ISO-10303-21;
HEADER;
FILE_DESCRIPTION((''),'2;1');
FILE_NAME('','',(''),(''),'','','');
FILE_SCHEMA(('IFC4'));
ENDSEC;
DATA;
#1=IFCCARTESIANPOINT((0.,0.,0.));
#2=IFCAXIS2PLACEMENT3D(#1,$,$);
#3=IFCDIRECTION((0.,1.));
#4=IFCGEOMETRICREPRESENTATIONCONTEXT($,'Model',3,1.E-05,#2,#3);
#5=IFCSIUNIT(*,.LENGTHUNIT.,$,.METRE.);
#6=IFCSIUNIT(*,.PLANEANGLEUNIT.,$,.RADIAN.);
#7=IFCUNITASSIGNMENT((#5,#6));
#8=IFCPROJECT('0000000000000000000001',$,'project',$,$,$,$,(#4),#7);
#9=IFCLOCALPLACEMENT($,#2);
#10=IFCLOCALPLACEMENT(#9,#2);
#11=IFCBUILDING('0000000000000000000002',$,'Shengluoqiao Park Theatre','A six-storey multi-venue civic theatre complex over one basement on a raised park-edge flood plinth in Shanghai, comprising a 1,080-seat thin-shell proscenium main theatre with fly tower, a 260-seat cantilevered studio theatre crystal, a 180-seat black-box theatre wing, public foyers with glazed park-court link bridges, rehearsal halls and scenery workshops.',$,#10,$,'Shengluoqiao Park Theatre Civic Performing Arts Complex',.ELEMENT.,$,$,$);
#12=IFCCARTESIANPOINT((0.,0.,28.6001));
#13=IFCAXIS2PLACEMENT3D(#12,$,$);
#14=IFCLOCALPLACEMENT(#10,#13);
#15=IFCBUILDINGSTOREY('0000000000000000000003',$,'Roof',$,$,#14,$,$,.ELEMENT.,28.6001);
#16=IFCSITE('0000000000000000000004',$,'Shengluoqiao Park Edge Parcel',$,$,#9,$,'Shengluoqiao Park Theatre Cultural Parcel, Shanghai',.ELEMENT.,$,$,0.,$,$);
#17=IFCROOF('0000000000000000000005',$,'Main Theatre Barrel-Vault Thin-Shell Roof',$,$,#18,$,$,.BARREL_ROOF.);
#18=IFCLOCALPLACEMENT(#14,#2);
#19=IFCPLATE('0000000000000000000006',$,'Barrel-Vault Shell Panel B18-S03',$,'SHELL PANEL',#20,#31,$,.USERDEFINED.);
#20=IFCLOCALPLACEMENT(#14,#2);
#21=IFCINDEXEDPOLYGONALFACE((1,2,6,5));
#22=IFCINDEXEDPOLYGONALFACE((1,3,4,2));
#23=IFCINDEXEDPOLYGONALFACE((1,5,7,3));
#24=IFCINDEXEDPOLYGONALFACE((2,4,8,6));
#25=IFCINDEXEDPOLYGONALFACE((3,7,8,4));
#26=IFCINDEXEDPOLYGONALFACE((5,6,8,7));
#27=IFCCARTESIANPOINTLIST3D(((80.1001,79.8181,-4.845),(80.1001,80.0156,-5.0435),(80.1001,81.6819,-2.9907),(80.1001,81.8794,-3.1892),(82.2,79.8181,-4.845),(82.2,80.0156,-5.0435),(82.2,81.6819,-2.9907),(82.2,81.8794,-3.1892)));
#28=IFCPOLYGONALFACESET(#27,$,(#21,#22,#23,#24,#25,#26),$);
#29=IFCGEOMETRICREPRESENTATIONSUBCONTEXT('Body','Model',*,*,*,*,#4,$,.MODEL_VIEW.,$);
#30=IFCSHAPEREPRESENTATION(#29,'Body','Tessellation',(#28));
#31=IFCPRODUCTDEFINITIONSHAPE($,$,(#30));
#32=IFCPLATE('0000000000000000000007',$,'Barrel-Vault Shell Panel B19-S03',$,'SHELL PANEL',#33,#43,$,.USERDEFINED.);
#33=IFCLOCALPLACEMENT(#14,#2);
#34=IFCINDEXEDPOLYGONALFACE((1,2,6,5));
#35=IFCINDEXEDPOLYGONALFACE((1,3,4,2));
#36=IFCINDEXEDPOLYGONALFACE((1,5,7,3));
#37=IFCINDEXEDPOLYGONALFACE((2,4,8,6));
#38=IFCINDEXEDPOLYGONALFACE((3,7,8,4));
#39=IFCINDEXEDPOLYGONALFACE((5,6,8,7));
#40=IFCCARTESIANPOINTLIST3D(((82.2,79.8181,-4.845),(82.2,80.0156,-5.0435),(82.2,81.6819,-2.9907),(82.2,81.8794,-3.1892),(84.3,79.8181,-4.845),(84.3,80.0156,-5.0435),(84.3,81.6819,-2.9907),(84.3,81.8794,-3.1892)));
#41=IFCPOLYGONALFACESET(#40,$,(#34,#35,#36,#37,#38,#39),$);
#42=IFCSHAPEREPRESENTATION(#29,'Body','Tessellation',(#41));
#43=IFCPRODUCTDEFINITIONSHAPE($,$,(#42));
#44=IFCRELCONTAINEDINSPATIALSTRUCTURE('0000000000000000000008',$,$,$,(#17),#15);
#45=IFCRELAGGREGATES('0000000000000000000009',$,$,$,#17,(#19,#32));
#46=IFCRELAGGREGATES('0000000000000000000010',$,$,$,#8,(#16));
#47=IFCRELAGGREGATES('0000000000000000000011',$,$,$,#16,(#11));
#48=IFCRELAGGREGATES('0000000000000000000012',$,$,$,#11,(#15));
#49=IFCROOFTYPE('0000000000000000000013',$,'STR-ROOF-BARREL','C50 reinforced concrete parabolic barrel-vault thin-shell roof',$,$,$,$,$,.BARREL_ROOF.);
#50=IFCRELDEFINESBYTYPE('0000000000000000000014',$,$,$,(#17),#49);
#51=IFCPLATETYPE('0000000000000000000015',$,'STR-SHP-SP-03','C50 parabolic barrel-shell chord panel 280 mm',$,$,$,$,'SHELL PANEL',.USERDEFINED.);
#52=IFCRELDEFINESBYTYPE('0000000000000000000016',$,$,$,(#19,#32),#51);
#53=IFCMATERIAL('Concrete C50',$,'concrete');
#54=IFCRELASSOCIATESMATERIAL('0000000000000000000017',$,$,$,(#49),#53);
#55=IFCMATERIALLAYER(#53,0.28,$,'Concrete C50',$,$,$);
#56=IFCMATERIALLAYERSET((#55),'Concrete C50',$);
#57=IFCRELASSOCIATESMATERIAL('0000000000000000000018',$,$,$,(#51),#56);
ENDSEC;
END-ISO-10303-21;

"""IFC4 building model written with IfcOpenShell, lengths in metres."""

from ifc_helpers import new_model, si_unit, direction, frame, origin, place, context, subcontext, project, spatial, polyline, outline, extrude, material, layer, layer_set, type_object, element, aggregate, save


model = new_model("IFC4")

# Units and contexts
model_context = context("Model", 3, precision=1e-05, world=origin(), true_north=direction((0.0, 1.0)))
body_context = subcontext(model_context, "Body", "Model", "MODEL_VIEW")
ifc_project = project(units=[si_unit("LENGTHUNIT", "METRE"), si_unit("PLANEANGLEUNIT", "RADIAN")], contexts=[model_context])

# Site, building, storey
site_placement = place(None, origin())
site = spatial("IfcSite", under=ifc_project, at=site_placement, Name="Shengluoqiao Park Edge Parcel", LongName="Shengluoqiao Park Theatre Cultural Parcel, Shanghai", CompositionType="ELEMENT", RefElevation=0.0)
building_placement = place(site_placement, origin())
building = spatial("IfcBuilding", under=site, at=building_placement, Name="Shengluoqiao Park Theatre", Description="A six-storey multi-venue civic theatre complex over one basement on a raised park-edge flood plinth in Shanghai, comprising a 1,080-seat thin-shell proscenium main theatre with fly tower, a 260-seat cantilevered studio theatre crystal, a 180-seat black-box theatre wing, public foyers with glazed park-court link bridges, rehearsal halls and scenery workshops.", LongName="Shengluoqiao Park Theatre Civic Performing Arts Complex", CompositionType="ELEMENT")
storey_placement = place(building_placement, frame((0.0, 0.0, 28.6001)))
storey = spatial("IfcBuildingStorey", under=building, at=storey_placement, Name="Roof", CompositionType="ELEMENT", Elevation=28.6001)

# Shared definitions
ifc_material_1 = material(Name="Concrete C50", Category="concrete")

# Roof, plates
roof_type = type_object("IfcRoofType", Name="STR-ROOF-BARREL", Description="C50 reinforced concrete parabolic barrel-vault thin-shell roof", PredefinedType="BARREL_ROOF", material=ifc_material_1)
roof_placement = place(storey_placement, origin())
roof = element("IfcRoof", 1, at=roof_placement, inside=storey, type_object=roof_type, Name="Main Theatre Barrel-Vault Thin-Shell Roof", PredefinedType="BARREL_ROOF")
ifc_layer_1 = layer(ifc_material_1, 0.28, Name="Concrete C50")
ifc_layer_set_1 = layer_set([ifc_layer_1], Name="Concrete C50")
plate_type_1 = type_object("IfcPlateType", Name="STR-SHP-SP-03", Description="C50 parabolic barrel-shell chord panel 280 mm", ElementType="SHELL PANEL", PredefinedType="USERDEFINED", material=ifc_layer_set_1)
plate_1_placement = place(storey_placement, frame((80.1001, 79.8181, -4.845), z_axis=(0.0, -0.705294, 0.708915), x_axis=(1.0, 0.0, 0.0)))
plate_1 = element("IfcPlate", 2, at=plate_1_placement, type_object=plate_type_1, Name="Barrel-Vault Shell Panel B18-S03", ObjectType="SHELL PANEL", PredefinedType="USERDEFINED", context=body_context, shape_type="SweptSolid", body=[
    extrude(outline(polyline([(0.0, 0.0), (2.0999, 0.0), (2.0999, 2.629), (0.0, 2.629), (0.0, 0.0)])), origin(), (0.0, 0.0, -1.0), 0.28),
])
plate_2_placement = place(storey_placement, frame((82.2, 79.8181, -4.845), z_axis=(0.0, -0.705294, 0.708915), x_axis=(1.0, 0.0, 0.0)))
plate_2 = element("IfcPlate", 3, at=plate_2_placement, type_object=plate_type_1, Name="Barrel-Vault Shell Panel B19-S03", ObjectType="SHELL PANEL", PredefinedType="USERDEFINED", context=body_context, shape_type="SweptSolid", body=[
    extrude(outline(polyline([(0.0, 0.0), (2.1001, 0.0), (2.1001, 2.629), (0.0, 2.629), (0.0, 0.0)])), origin(), (0.0, 0.0, -1.0), 0.28),
])
aggregate(roof, [plate_1, plate_2])

save(model, "model.ifc")
